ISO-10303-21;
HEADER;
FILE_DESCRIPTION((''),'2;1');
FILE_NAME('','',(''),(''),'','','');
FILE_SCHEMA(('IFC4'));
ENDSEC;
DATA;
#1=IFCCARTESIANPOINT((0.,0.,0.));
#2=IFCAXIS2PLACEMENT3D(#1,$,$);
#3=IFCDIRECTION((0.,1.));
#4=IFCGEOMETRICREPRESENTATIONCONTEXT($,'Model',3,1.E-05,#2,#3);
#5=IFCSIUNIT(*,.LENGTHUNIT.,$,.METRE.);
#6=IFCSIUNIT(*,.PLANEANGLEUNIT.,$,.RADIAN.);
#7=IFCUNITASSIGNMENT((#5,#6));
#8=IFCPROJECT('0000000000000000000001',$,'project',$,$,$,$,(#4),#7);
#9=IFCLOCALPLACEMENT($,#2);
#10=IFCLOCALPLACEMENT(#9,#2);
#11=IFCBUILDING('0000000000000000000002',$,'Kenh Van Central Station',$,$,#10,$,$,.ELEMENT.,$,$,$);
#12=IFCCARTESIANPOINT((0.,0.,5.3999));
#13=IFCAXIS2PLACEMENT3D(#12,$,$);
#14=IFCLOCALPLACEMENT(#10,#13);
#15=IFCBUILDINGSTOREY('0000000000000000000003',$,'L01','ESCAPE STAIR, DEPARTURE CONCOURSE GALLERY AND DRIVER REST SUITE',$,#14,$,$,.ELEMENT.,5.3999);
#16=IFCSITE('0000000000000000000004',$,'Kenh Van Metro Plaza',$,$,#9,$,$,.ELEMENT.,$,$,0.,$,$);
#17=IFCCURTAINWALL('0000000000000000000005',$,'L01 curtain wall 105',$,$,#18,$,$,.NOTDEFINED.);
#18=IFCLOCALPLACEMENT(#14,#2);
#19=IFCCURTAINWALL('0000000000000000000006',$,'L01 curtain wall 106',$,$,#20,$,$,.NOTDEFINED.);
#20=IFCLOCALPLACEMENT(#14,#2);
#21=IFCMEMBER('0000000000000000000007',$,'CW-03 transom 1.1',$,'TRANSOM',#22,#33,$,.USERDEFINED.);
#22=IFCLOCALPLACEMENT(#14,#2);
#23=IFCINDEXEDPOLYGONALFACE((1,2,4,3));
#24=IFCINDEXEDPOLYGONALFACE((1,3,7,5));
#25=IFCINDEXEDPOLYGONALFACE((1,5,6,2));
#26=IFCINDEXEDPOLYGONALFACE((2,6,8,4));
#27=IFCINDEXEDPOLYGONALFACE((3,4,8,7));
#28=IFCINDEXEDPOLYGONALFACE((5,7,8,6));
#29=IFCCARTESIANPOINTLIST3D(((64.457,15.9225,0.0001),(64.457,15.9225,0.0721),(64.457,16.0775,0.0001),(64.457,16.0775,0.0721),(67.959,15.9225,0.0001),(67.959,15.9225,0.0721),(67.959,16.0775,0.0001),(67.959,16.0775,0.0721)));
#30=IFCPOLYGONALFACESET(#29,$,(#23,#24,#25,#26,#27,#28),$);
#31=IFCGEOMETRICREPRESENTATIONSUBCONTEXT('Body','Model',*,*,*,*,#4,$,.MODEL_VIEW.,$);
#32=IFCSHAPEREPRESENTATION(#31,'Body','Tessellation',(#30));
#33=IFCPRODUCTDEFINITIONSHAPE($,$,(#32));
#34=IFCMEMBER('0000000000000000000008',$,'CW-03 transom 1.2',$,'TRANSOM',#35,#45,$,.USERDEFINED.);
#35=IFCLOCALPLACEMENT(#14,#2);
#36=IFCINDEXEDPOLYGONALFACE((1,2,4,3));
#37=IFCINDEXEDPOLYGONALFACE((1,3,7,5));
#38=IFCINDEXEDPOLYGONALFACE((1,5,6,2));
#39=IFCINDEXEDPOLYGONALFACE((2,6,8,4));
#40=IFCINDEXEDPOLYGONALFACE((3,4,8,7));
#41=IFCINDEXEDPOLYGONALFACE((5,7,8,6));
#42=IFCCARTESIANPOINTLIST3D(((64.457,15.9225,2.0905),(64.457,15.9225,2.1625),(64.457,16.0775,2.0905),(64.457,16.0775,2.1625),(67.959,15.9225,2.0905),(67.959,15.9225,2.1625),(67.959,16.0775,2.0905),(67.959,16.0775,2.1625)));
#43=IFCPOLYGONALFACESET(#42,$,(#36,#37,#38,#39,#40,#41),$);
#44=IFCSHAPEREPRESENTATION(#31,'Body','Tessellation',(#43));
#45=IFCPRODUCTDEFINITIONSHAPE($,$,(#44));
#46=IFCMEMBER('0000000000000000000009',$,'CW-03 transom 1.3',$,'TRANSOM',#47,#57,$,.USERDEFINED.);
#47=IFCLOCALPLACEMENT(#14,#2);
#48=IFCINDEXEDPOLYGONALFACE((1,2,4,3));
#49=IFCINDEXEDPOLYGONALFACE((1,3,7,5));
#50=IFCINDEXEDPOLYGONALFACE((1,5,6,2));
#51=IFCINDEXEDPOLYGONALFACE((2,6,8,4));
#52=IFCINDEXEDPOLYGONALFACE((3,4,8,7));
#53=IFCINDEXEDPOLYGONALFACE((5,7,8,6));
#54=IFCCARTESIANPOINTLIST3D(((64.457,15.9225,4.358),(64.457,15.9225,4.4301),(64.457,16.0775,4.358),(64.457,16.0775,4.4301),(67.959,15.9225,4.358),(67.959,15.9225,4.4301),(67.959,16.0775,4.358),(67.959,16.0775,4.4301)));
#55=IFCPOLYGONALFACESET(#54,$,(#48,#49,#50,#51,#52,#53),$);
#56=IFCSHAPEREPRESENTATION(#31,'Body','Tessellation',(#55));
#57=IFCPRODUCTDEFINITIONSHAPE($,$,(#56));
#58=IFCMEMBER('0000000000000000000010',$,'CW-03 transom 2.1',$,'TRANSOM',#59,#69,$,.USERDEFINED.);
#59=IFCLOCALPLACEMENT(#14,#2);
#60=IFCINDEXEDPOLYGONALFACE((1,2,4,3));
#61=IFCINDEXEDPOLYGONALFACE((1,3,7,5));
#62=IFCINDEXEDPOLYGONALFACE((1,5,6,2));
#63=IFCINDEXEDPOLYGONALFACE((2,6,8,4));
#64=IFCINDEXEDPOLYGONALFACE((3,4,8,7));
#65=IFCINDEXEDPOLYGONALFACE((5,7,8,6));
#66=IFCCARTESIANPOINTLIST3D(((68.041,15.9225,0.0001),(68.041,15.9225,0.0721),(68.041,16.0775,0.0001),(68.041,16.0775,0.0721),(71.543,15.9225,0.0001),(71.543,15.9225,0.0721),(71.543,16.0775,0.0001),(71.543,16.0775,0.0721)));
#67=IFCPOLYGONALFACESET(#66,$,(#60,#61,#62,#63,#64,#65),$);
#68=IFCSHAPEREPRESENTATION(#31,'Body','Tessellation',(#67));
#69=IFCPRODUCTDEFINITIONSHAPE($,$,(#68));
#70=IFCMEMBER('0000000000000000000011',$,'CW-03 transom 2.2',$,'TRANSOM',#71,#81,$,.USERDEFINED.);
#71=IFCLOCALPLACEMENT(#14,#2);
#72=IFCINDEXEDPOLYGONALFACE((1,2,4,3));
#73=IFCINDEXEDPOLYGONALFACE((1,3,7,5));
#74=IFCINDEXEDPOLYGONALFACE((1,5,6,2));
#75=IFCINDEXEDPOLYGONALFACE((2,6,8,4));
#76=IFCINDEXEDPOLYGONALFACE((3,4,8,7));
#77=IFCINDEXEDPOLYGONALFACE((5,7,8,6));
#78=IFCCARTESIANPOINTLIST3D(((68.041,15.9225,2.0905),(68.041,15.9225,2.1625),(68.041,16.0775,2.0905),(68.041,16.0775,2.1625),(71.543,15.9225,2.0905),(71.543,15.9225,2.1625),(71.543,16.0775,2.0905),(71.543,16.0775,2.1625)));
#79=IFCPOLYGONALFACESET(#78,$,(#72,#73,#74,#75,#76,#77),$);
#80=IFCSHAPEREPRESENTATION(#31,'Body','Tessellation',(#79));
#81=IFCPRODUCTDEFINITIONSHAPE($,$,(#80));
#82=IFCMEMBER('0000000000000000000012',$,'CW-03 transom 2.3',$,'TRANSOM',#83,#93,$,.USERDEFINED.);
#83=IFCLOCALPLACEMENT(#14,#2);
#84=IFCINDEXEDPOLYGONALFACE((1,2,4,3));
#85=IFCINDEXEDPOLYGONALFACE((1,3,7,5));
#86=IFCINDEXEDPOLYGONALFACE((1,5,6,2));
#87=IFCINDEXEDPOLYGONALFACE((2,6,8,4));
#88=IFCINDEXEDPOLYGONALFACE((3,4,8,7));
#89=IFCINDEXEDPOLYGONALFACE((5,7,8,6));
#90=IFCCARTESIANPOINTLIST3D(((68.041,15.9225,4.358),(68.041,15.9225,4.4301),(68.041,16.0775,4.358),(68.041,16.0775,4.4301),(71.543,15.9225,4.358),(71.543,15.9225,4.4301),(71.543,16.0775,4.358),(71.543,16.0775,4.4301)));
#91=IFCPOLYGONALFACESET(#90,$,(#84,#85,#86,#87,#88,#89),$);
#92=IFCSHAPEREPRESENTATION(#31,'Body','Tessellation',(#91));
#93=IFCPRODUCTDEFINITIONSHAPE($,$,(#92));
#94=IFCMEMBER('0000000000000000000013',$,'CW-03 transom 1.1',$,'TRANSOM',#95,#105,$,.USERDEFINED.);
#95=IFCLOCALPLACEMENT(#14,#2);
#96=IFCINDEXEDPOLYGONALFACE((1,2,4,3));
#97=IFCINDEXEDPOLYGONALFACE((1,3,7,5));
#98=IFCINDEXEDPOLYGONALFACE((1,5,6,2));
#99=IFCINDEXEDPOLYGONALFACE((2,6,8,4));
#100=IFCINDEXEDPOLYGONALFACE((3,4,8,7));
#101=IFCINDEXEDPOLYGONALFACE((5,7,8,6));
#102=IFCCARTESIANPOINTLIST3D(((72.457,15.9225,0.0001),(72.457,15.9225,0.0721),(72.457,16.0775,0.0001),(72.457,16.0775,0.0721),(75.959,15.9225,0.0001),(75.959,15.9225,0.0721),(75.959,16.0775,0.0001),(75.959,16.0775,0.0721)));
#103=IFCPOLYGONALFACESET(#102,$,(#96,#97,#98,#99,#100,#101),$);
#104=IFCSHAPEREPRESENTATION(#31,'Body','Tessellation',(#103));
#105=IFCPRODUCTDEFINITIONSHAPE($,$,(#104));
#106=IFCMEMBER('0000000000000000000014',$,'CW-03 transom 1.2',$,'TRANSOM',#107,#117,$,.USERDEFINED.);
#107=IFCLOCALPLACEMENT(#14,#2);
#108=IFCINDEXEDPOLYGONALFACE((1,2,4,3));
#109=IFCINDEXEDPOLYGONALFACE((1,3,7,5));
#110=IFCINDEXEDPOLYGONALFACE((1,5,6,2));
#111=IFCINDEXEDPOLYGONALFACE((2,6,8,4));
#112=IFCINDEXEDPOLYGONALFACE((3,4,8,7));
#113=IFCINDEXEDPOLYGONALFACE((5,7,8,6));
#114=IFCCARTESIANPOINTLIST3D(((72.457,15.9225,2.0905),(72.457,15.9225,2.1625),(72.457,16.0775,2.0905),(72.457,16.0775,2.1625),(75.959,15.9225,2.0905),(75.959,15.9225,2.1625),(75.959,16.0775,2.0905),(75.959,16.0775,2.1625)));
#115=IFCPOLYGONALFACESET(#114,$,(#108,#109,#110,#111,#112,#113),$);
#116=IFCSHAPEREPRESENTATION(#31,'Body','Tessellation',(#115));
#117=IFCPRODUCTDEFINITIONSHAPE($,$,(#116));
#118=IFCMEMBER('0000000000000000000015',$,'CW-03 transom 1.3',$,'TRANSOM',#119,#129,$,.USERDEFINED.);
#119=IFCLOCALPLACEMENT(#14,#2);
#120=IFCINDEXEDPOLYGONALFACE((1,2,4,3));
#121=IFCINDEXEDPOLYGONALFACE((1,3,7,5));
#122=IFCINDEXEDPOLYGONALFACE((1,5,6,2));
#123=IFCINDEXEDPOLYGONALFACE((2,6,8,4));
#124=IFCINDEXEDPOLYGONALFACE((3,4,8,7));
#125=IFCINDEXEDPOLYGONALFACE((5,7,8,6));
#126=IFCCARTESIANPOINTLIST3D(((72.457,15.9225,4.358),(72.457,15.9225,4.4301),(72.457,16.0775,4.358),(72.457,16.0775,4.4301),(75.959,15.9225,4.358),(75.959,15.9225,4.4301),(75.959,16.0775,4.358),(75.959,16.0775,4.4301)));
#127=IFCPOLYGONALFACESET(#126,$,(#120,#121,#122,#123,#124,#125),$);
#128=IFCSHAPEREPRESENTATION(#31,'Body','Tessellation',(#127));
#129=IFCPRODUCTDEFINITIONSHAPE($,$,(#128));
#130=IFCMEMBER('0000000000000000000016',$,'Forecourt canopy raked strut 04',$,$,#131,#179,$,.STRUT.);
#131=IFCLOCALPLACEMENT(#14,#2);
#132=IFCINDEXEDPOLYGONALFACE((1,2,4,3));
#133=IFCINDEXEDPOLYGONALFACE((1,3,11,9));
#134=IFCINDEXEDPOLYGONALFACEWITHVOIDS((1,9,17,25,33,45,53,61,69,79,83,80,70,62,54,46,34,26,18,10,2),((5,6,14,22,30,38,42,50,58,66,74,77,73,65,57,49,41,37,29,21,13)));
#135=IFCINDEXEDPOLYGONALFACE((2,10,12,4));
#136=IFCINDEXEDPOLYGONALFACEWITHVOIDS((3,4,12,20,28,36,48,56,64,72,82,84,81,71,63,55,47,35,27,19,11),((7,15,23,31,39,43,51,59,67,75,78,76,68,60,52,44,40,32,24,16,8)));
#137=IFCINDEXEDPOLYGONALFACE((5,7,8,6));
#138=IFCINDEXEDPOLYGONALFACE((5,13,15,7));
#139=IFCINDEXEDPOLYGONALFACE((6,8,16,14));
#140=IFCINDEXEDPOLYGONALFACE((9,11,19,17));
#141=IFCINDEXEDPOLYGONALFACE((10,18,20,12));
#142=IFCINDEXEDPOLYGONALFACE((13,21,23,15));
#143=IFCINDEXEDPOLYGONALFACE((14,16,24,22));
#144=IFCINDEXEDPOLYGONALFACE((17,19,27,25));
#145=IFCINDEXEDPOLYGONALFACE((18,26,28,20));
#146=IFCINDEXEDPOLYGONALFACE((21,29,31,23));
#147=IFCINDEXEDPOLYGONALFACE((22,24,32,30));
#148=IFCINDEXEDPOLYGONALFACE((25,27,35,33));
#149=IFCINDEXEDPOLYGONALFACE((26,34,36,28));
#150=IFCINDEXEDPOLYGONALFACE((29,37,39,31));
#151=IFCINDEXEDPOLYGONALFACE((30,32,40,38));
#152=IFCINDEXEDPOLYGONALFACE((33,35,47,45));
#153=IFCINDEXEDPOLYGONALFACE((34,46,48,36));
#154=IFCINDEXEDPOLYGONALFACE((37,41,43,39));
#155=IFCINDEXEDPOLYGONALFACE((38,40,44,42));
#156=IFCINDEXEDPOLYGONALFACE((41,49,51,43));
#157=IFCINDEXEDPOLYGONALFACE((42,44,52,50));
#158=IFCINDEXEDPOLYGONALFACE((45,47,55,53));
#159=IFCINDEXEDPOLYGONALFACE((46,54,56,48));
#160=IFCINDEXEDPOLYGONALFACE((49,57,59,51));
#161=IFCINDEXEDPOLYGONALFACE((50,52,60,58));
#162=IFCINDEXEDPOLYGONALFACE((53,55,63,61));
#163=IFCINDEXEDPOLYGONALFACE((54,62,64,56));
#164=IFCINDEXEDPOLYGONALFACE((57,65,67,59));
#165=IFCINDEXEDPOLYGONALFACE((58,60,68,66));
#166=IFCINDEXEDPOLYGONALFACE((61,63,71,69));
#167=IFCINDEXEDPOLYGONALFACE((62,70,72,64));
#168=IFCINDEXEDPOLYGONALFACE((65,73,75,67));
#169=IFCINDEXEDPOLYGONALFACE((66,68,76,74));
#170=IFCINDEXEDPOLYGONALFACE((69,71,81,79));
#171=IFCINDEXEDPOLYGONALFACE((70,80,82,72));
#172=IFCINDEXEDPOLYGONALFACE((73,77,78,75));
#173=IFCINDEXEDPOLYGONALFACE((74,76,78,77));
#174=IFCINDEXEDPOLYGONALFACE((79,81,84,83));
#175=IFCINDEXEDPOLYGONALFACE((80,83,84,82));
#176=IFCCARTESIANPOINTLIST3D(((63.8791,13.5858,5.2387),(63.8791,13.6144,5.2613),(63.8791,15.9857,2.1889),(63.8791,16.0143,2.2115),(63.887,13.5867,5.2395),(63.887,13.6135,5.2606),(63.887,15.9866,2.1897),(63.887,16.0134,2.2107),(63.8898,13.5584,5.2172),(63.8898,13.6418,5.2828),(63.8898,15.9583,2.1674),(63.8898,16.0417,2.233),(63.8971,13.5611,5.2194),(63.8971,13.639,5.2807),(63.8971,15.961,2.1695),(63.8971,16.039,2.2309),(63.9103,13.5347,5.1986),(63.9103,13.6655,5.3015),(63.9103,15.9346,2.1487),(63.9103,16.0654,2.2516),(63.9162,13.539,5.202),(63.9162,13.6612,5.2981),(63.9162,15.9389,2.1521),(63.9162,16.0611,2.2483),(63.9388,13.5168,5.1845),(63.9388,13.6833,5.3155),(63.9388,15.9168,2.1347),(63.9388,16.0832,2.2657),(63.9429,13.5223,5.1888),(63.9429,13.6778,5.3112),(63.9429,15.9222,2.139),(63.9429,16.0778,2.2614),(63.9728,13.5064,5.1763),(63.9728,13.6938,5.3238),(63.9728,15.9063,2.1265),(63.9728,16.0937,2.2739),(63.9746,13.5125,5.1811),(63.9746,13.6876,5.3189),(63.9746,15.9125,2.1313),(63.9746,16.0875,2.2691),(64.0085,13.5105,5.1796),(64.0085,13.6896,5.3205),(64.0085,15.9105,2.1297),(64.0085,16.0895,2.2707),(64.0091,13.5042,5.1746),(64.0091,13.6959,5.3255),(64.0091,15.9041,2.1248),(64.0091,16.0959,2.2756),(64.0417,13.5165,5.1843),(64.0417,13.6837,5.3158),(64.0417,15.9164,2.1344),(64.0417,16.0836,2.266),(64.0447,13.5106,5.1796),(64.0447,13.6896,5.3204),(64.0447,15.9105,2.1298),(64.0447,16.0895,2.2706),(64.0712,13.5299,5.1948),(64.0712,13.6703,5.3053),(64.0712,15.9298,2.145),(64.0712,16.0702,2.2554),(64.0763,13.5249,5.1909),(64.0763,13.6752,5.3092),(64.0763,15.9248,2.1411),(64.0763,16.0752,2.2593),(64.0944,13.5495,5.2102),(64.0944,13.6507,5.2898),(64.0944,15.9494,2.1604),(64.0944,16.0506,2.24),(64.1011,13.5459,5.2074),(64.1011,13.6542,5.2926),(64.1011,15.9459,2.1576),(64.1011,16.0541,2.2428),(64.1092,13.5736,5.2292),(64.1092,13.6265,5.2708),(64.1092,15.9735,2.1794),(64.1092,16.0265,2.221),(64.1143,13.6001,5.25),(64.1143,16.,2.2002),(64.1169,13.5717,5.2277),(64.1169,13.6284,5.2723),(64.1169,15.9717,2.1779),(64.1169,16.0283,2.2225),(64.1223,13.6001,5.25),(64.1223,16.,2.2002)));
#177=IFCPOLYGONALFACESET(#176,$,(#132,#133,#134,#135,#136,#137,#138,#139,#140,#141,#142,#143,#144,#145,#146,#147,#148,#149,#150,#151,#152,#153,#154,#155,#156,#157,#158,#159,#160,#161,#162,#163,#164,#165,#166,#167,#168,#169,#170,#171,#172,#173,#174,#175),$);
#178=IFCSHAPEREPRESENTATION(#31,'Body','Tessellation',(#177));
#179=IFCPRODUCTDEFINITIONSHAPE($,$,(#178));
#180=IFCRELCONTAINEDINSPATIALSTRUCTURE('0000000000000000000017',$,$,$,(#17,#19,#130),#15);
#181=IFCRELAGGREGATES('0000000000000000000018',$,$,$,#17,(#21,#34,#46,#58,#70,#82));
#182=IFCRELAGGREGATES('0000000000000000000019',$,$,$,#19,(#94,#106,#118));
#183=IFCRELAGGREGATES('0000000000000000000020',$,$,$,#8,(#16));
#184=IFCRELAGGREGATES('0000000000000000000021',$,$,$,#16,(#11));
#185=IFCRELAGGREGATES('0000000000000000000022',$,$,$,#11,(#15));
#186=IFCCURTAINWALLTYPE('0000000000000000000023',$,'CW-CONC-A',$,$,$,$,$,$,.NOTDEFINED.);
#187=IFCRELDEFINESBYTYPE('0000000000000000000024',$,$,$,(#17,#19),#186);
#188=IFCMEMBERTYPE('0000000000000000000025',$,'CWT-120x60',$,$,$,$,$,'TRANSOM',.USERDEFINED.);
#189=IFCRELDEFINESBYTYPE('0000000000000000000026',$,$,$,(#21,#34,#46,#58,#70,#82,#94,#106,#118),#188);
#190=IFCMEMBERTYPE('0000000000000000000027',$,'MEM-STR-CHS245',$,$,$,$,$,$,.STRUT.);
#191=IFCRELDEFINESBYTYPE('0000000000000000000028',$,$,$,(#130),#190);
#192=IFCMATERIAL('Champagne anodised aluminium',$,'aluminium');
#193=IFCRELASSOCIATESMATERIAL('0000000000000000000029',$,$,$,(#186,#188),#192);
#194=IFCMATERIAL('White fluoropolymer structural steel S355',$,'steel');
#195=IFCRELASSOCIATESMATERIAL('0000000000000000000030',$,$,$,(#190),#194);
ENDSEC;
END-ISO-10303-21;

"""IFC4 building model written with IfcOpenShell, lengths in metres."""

from ifc_helpers import new_model, si_unit, direction, frame, origin, origin_2d, place, context, subcontext, project, spatial, rectangle, hollow_circle, extrude, material, material_profile, profile_set, type_object, element, aggregate, save


model = new_model("IFC4")

# Units and contexts
model_context = context("Model", 3, precision=1e-05, world=origin(), true_north=direction((0.0, 1.0)))
body_context = subcontext(model_context, "Body", "Model", "MODEL_VIEW")
ifc_project = project(units=[si_unit("LENGTHUNIT", "METRE"), si_unit("PLANEANGLEUNIT", "RADIAN")], contexts=[model_context])

# Site, building, storey
site_placement = place(None, origin())
site = spatial("IfcSite", under=ifc_project, at=site_placement, Name="Kenh Van Metro Plaza", CompositionType="ELEMENT", RefElevation=0.0)
building_placement = place(site_placement, origin())
building = spatial("IfcBuilding", under=site, at=building_placement, Name="Kenh Van Central Station", CompositionType="ELEMENT")
storey_placement = place(building_placement, frame((0.0, 0.0, 5.3999)))
storey = spatial("IfcBuildingStorey", under=building, at=storey_placement, Name="L01", Description="ESCAPE STAIR, DEPARTURE CONCOURSE GALLERY AND DRIVER REST SUITE", CompositionType="ELEMENT", Elevation=5.3999)

# Curtain wall
ifc_material_1 = material(Name="Champagne anodised aluminium", Category="aluminium")
curtain_wall_type = type_object("IfcCurtainWallType", Name="CW-CONC-A", PredefinedType="NOTDEFINED", material=ifc_material_1)
curtain_wall_1_placement = place(storey_placement, origin())
curtain_wall_1 = element("IfcCurtainWall", 1, at=curtain_wall_1_placement, inside=storey, type_object=curtain_wall_type, Name="L01 curtain wall 105", PredefinedType="NOTDEFINED")

# Curtain wall
curtain_wall_2_placement = place(storey_placement, origin())
curtain_wall_2 = element("IfcCurtainWall", 2, at=curtain_wall_2_placement, inside=storey, type_object=curtain_wall_type, Name="L01 curtain wall 106", PredefinedType="NOTDEFINED")

# Members
ifc_material_profile_1 = material_profile(ifc_material_1, rectangle(XDim=0.155, YDim=0.072, at=origin_2d()), Name="AL 155x72")
ifc_profile_set_1 = profile_set([ifc_material_profile_1], Name="Champagne anodised aluminium")
member_type_1 = type_object("IfcMemberType", Name="CWT-120x60", ElementType="TRANSOM", PredefinedType="USERDEFINED", material=ifc_profile_set_1)
member_1_placement = place(storey_placement, frame((64.457, 16.0, 0.0361), z_axis=(1.0, 0.0, 0.0), x_axis=(0.0, 1.0, 0.0)))
member_1 = element("IfcMember", 3, at=member_1_placement, type_object=member_type_1, Name="CW-03 transom 1.1", ObjectType="TRANSOM", PredefinedType="USERDEFINED", context=body_context, shape_type="SweptSolid", body=[
    extrude(rectangle(XDim=0.155, YDim=0.072, at=origin_2d()), origin(), (0.0, 0.0, 1.0), 3.502),
])
member_2_placement = place(storey_placement, frame((64.457, 16.0, 2.1265), z_axis=(1.0, 0.0, 0.0), x_axis=(0.0, 1.0, 0.0)))
member_2 = element("IfcMember", 4, at=member_2_placement, type_object=member_type_1, Name="CW-03 transom 1.2", ObjectType="TRANSOM", PredefinedType="USERDEFINED", context=body_context, shape_type="SweptSolid", body=[
    extrude(rectangle(XDim=0.155, YDim=0.072, at=origin_2d()), origin(), (0.0, 0.0, 1.0), 3.502),
])
member_3_placement = place(storey_placement, frame((64.457, 16.0, 4.394), z_axis=(1.0, 0.0, 0.0), x_axis=(0.0, 1.0, 0.0)))
member_3 = element("IfcMember", 5, at=member_3_placement, type_object=member_type_1, Name="CW-03 transom 1.3", ObjectType="TRANSOM", PredefinedType="USERDEFINED", context=body_context, shape_type="SweptSolid", body=[
    extrude(rectangle(XDim=0.155, YDim=0.072, at=origin_2d()), origin(), (0.0, 0.0, 1.0), 3.502),
])
member_4_placement = place(storey_placement, frame((68.041, 16.0, 0.0361), z_axis=(1.0, 0.0, 0.0), x_axis=(0.0, 1.0, 0.0)))
member_4 = element("IfcMember", 6, at=member_4_placement, type_object=member_type_1, Name="CW-03 transom 2.1", ObjectType="TRANSOM", PredefinedType="USERDEFINED", context=body_context, shape_type="SweptSolid", body=[
    extrude(rectangle(XDim=0.155, YDim=0.072, at=origin_2d()), origin(), (0.0, 0.0, 1.0), 3.502),
])
member_5_placement = place(storey_placement, frame((68.041, 16.0, 2.1265), z_axis=(1.0, 0.0, 0.0), x_axis=(0.0, 1.0, 0.0)))
member_5 = element("IfcMember", 7, at=member_5_placement, type_object=member_type_1, Name="CW-03 transom 2.2", ObjectType="TRANSOM", PredefinedType="USERDEFINED", context=body_context, shape_type="SweptSolid", body=[
    extrude(rectangle(XDim=0.155, YDim=0.072, at=origin_2d()), origin(), (0.0, 0.0, 1.0), 3.502),
])
member_6_placement = place(storey_placement, frame((68.041, 16.0, 4.394), z_axis=(1.0, 0.0, 0.0), x_axis=(0.0, 1.0, 0.0)))
member_6 = element("IfcMember", 8, at=member_6_placement, type_object=member_type_1, Name="CW-03 transom 2.3", ObjectType="TRANSOM", PredefinedType="USERDEFINED", context=body_context, shape_type="SweptSolid", body=[
    extrude(rectangle(XDim=0.155, YDim=0.072, at=origin_2d()), origin(), (0.0, 0.0, 1.0), 3.502),
])
member_7_placement = place(storey_placement, frame((72.457, 16.0, 0.0361), z_axis=(1.0, 0.0, 0.0), x_axis=(0.0, 1.0, 0.0)))
member_7 = element("IfcMember", 9, at=member_7_placement, type_object=member_type_1, Name="CW-03 transom 1.1", ObjectType="TRANSOM", PredefinedType="USERDEFINED", context=body_context, shape_type="SweptSolid", body=[
    extrude(rectangle(XDim=0.155, YDim=0.072, at=origin_2d()), origin(), (0.0, 0.0, 1.0), 3.502),
])
member_8_placement = place(storey_placement, frame((72.457, 16.0, 2.1265), z_axis=(1.0, 0.0, 0.0), x_axis=(0.0, 1.0, 0.0)))
member_8 = element("IfcMember", 10, at=member_8_placement, type_object=member_type_1, Name="CW-03 transom 1.2", ObjectType="TRANSOM", PredefinedType="USERDEFINED", context=body_context, shape_type="SweptSolid", body=[
    extrude(rectangle(XDim=0.155, YDim=0.072, at=origin_2d()), origin(), (0.0, 0.0, 1.0), 3.502),
])
member_9_placement = place(storey_placement, frame((72.457, 16.0, 4.394), z_axis=(1.0, 0.0, 0.0), x_axis=(0.0, 1.0, 0.0)))
member_9 = element("IfcMember", 11, at=member_9_placement, type_object=member_type_1, Name="CW-03 transom 1.3", ObjectType="TRANSOM", PredefinedType="USERDEFINED", context=body_context, shape_type="SweptSolid", body=[
    extrude(rectangle(XDim=0.155, YDim=0.072, at=origin_2d()), origin(), (0.0, 0.0, 1.0), 3.502),
])

# Member
ifc_material_2 = material(Name="White fluoropolymer structural steel S355", Category="steel")
ifc_material_profile_2 = material_profile(ifc_material_2, hollow_circle(Radius=0.1223, WallThickness=0.0081, at=origin_2d()), Name="CHS 244.5x8")
ifc_profile_set_2 = profile_set([ifc_material_profile_2], Name="White fluoropolymer structural steel S355")
member_type_2 = type_object("IfcMemberType", Name="MEM-STR-CHS245", PredefinedType="STRUT", material=ifc_profile_set_2)
for number, where, z_axis, x_axis, name in (
    (12, (64.0, 16.0, 2.2002), (0.0, -0.618399, 0.785864), (1.0, 0.0, 0.0), "Forecourt canopy raked strut 04"),
):
    element("IfcMember", number, at=place(storey_placement, frame(where, z_axis=z_axis, x_axis=x_axis)), inside=storey, type_object=member_type_2, Name=name, PredefinedType="STRUT", context=body_context, shape_type="SweptSolid", body=[
        extrude(hollow_circle(Radius=0.1223, WallThickness=0.0081, at=origin_2d()), origin(), (0.0, 0.0, 1.0), 3.8809),
    ])

aggregate(curtain_wall_1, [member_1, member_2, member_3, member_4, member_5, member_6])
aggregate(curtain_wall_2, [member_7, member_8, member_9])

save(model, "model.ifc")
